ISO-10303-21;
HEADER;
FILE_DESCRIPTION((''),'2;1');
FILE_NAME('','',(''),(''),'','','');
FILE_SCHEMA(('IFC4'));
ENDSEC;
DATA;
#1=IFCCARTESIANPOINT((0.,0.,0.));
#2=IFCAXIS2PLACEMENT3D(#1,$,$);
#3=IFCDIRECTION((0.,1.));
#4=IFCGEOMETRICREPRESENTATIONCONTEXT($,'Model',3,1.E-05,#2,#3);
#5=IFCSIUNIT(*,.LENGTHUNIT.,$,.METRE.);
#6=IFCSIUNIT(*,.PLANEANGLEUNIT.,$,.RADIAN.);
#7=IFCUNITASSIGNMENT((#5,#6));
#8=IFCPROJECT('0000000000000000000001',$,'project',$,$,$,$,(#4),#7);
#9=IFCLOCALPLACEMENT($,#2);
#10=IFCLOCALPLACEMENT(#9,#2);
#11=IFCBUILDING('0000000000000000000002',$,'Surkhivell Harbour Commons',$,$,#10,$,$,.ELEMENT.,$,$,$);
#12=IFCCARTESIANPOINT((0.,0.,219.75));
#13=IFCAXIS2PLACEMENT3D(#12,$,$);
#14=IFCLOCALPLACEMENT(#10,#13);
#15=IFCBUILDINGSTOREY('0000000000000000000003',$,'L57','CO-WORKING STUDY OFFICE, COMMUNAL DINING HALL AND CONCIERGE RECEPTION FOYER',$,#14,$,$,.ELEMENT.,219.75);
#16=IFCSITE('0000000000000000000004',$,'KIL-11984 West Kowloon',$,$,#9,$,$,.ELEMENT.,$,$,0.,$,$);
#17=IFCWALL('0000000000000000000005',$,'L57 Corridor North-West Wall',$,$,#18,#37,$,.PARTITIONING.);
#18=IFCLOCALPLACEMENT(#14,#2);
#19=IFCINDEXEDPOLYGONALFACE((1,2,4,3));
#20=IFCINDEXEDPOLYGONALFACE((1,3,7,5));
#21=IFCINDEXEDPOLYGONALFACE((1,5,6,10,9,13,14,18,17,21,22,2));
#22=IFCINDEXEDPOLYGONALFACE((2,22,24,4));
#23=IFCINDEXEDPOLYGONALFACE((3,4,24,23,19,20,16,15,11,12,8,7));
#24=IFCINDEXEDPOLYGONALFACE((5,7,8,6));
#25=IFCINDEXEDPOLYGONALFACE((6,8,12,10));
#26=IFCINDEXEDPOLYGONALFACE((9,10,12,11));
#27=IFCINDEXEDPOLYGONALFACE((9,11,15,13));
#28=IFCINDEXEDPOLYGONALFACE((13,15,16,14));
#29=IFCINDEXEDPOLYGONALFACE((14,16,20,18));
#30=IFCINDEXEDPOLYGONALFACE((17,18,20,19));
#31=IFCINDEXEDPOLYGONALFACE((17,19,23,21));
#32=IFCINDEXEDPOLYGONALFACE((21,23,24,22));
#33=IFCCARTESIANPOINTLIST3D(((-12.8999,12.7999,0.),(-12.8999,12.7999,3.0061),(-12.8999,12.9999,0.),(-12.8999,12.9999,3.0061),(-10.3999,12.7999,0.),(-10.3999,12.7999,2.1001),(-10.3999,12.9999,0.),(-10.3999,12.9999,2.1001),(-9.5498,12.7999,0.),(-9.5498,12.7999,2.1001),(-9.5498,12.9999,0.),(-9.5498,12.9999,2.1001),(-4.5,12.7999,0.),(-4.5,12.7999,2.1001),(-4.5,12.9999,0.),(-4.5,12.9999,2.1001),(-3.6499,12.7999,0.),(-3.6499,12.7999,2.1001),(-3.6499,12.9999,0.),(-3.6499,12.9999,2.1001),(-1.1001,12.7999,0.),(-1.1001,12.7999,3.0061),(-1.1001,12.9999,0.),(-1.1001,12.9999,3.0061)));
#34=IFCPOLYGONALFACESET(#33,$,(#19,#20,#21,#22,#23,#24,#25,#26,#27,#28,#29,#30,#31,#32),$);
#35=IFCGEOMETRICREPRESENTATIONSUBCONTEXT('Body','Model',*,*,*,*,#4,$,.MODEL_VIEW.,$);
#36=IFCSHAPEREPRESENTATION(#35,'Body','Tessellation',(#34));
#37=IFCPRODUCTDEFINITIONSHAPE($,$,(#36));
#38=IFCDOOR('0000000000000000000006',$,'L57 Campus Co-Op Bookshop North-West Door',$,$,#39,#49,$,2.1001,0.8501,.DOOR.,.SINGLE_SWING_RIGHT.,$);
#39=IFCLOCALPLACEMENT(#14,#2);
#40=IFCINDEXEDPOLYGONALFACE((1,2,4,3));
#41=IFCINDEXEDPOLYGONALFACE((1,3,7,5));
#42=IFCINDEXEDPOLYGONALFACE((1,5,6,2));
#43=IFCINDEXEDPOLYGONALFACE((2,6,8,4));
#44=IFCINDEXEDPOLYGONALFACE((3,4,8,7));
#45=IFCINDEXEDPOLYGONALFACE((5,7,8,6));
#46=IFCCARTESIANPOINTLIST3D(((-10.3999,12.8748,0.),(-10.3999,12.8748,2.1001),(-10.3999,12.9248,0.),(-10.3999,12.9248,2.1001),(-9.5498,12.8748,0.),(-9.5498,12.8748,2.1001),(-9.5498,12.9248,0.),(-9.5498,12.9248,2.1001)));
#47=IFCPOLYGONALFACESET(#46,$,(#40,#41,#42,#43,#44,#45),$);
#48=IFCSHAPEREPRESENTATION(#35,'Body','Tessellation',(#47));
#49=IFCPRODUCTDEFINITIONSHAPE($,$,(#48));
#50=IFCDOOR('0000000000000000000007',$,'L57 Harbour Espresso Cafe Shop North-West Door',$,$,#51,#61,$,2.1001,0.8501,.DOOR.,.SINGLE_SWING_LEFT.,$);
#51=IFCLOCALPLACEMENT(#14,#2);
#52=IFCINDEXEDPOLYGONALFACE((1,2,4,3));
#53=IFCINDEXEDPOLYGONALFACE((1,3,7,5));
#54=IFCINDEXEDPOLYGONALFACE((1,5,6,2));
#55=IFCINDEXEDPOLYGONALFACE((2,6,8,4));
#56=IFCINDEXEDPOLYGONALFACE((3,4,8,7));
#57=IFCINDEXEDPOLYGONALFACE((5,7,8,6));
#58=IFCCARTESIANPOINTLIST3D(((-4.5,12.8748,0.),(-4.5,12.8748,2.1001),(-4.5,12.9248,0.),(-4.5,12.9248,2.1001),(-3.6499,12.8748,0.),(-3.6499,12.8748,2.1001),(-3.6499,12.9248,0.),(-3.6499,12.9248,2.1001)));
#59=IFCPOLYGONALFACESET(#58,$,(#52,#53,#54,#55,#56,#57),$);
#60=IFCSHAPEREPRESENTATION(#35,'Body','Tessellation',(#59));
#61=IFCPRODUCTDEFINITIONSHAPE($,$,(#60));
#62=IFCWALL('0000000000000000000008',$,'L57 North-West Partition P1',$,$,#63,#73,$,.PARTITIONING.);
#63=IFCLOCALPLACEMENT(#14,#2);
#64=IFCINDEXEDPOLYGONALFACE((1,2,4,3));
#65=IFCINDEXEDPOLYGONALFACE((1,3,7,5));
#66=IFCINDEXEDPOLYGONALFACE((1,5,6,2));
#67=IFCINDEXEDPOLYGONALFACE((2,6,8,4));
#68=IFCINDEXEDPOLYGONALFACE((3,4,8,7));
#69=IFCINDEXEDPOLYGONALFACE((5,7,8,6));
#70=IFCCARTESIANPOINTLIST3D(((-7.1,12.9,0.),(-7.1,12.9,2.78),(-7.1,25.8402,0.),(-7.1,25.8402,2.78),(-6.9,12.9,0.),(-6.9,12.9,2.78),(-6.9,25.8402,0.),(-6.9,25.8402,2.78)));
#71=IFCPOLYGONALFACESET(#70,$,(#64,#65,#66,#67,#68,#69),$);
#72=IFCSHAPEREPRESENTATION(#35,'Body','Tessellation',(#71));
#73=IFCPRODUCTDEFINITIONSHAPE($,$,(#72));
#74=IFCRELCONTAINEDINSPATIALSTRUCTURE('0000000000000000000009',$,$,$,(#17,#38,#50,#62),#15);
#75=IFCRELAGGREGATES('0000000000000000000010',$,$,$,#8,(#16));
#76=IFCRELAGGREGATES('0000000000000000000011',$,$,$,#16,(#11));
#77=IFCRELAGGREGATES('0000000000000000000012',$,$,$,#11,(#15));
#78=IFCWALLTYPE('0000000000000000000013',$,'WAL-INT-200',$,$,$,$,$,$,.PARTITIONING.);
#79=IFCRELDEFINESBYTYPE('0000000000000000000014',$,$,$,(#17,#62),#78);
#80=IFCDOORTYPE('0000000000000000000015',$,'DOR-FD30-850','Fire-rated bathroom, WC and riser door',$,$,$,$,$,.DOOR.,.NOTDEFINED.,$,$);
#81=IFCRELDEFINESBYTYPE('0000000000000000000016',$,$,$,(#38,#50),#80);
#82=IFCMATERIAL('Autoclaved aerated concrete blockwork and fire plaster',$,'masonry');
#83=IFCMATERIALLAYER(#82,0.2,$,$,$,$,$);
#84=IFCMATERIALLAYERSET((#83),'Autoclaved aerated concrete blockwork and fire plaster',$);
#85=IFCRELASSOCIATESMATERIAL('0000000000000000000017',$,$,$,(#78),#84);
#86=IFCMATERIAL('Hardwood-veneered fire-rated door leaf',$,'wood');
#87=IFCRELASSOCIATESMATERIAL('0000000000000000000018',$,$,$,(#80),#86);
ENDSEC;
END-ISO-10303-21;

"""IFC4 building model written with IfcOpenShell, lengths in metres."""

from ifc_helpers import new_model, si_unit, direction, frame, frame_2d, origin, place, context, subcontext, project, spatial, rectangle, extrude, material, layer, layer_set, type_object, element, fill, save


model = new_model("IFC4")

# Units and contexts
model_context = context("Model", 3, precision=1e-05, world=origin(), true_north=direction((0.0, 1.0)))
body_context = subcontext(model_context, "Body", "Model", "MODEL_VIEW")
ifc_project = project(units=[si_unit("LENGTHUNIT", "METRE"), si_unit("PLANEANGLEUNIT", "RADIAN")], contexts=[model_context])

# Site, building, storey
site_placement = place(None, origin())
site = spatial("IfcSite", under=ifc_project, at=site_placement, Name="KIL-11984 West Kowloon", CompositionType="ELEMENT", RefElevation=0.0)
building_placement = place(site_placement, origin())
building = spatial("IfcBuilding", under=site, at=building_placement, Name="Surkhivell Harbour Commons", CompositionType="ELEMENT")
storey_placement = place(building_placement, frame((0.0, 0.0, 219.75)))
storey = spatial("IfcBuildingStorey", under=building, at=storey_placement, Name="L57", Description="CO-WORKING STUDY OFFICE, COMMUNAL DINING HALL AND CONCIERGE RECEPTION FOYER", CompositionType="ELEMENT", Elevation=219.75)

# Shared definitions
ifc_material_1 = material(Name="Hardwood-veneered fire-rated door leaf", Category="wood")

# Shared definitions
ifc_material_2 = material(Name="Autoclaved aerated concrete blockwork and fire plaster", Category="masonry")
ifc_layer_1 = layer(ifc_material_2, 0.2)
ifc_layer_set_1 = layer_set([ifc_layer_1], Name="Autoclaved aerated concrete blockwork and fire plaster")
wall_type_1 = type_object("IfcWallType", Name="WAL-INT-200", PredefinedType="PARTITIONING", material=ifc_layer_set_1)

# Wall, openings, doors
wall_1_placement = place(storey_placement, frame((-12.8999, 12.8999, 0.0), z_axis=(0.0, 0.0, 1.0), x_axis=(1.0, 0.0, 0.0)))
wall_1 = element("IfcWall", 1, at=wall_1_placement, inside=storey, type_object=wall_type_1, Name="L57 Corridor North-West Wall", PredefinedType="PARTITIONING", context=body_context, shape_type="SweptSolid", body=[
    extrude(rectangle(XDim=11.7998, YDim=0.2, at=frame_2d((5.8999, 0.0))), origin(), (0.0, 0.0, 1.0), 3.0061),
])
opening_1_placement = place(wall_1_placement, frame((2.5, 0.0, 0.0)))
opening_1 = element("IfcOpeningElement", 2, at=opening_1_placement, cuts=wall_1, PredefinedType="OPENING", context=body_context, shape_type="SweptSolid", body=[
    extrude(rectangle(XDim=0.8501, YDim=2.1001, at=frame_2d((0.425, 1.05))), frame((0.0, 0.1099, 0.0), z_axis=(0.0, -1.0, 0.0), x_axis=(1.0, 0.0, 0.0)), (0.0, 0.0, 1.0), 0.22),
])
opening_2_placement = place(wall_1_placement, frame((8.3999, 0.0, 0.0)))
opening_2 = element("IfcOpeningElement", 3, at=opening_2_placement, cuts=wall_1, PredefinedType="OPENING", context=body_context, shape_type="SweptSolid", body=[
    extrude(rectangle(XDim=0.8501, YDim=2.1001, at=frame_2d((0.425, 1.05))), frame((0.0, 0.1099, 0.0), z_axis=(0.0, -1.0, 0.0), x_axis=(1.0, 0.0, 0.0)), (0.0, 0.0, 1.0), 0.22),
])
door_type_1 = type_object("IfcDoorType", Name="DOR-FD30-850", Description="Fire-rated bathroom, WC and riser door", OperationType="NOTDEFINED", PredefinedType="DOOR", material=ifc_material_1)
door_1_placement = place(opening_1_placement, origin())
door_1 = element("IfcDoor", 4, at=door_1_placement, inside=storey, type_object=door_type_1, Name="L57 Campus Co-Op Bookshop North-West Door", OperationType="SINGLE_SWING_RIGHT", OverallHeight=2.1001, OverallWidth=0.8501, PredefinedType="DOOR", context=body_context, shape_type="SweptSolid", body=[
    extrude(rectangle(XDim=0.8501, YDim=2.1001, at=frame_2d((0.425, 1.05))), frame((0.0, 0.0249, 0.0), z_axis=(0.0, -1.0, 0.0), x_axis=(1.0, 0.0, 0.0)), (0.0, 0.0, 1.0), 0.05),
])
fill(opening_1, door_1)
door_2_placement = place(opening_2_placement, origin())
door_2 = element("IfcDoor", 5, at=door_2_placement, inside=storey, type_object=door_type_1, Name="L57 Harbour Espresso Cafe Shop North-West Door", OperationType="SINGLE_SWING_LEFT", OverallHeight=2.1001, OverallWidth=0.8501, PredefinedType="DOOR", context=body_context, shape_type="SweptSolid", body=[
    extrude(rectangle(XDim=0.8501, YDim=2.1001, at=frame_2d((0.425, 1.05))), frame((0.0, 0.0249, 0.0), z_axis=(0.0, -1.0, 0.0), x_axis=(1.0, 0.0, 0.0)), (0.0, 0.0, 1.0), 0.05),
])
fill(opening_2, door_2)

# Wall
wall_2_placement = place(storey_placement, frame((-7.0, 12.8999, 0.0), z_axis=(0.0, 0.0, 1.0), x_axis=(0.0, 1.0, 0.0)))
element("IfcWall", 6, at=wall_2_placement, inside=storey, type_object=wall_type_1, Name="L57 North-West Partition P1", PredefinedType="PARTITIONING", context=body_context, shape_type="SweptSolid", body=[
    extrude(rectangle(XDim=12.9402, YDim=0.2, at=frame_2d((6.4702, 0.0))), origin(), (0.0, 0.0, 1.0), 2.78),
])

save(model, "model.ifc")
